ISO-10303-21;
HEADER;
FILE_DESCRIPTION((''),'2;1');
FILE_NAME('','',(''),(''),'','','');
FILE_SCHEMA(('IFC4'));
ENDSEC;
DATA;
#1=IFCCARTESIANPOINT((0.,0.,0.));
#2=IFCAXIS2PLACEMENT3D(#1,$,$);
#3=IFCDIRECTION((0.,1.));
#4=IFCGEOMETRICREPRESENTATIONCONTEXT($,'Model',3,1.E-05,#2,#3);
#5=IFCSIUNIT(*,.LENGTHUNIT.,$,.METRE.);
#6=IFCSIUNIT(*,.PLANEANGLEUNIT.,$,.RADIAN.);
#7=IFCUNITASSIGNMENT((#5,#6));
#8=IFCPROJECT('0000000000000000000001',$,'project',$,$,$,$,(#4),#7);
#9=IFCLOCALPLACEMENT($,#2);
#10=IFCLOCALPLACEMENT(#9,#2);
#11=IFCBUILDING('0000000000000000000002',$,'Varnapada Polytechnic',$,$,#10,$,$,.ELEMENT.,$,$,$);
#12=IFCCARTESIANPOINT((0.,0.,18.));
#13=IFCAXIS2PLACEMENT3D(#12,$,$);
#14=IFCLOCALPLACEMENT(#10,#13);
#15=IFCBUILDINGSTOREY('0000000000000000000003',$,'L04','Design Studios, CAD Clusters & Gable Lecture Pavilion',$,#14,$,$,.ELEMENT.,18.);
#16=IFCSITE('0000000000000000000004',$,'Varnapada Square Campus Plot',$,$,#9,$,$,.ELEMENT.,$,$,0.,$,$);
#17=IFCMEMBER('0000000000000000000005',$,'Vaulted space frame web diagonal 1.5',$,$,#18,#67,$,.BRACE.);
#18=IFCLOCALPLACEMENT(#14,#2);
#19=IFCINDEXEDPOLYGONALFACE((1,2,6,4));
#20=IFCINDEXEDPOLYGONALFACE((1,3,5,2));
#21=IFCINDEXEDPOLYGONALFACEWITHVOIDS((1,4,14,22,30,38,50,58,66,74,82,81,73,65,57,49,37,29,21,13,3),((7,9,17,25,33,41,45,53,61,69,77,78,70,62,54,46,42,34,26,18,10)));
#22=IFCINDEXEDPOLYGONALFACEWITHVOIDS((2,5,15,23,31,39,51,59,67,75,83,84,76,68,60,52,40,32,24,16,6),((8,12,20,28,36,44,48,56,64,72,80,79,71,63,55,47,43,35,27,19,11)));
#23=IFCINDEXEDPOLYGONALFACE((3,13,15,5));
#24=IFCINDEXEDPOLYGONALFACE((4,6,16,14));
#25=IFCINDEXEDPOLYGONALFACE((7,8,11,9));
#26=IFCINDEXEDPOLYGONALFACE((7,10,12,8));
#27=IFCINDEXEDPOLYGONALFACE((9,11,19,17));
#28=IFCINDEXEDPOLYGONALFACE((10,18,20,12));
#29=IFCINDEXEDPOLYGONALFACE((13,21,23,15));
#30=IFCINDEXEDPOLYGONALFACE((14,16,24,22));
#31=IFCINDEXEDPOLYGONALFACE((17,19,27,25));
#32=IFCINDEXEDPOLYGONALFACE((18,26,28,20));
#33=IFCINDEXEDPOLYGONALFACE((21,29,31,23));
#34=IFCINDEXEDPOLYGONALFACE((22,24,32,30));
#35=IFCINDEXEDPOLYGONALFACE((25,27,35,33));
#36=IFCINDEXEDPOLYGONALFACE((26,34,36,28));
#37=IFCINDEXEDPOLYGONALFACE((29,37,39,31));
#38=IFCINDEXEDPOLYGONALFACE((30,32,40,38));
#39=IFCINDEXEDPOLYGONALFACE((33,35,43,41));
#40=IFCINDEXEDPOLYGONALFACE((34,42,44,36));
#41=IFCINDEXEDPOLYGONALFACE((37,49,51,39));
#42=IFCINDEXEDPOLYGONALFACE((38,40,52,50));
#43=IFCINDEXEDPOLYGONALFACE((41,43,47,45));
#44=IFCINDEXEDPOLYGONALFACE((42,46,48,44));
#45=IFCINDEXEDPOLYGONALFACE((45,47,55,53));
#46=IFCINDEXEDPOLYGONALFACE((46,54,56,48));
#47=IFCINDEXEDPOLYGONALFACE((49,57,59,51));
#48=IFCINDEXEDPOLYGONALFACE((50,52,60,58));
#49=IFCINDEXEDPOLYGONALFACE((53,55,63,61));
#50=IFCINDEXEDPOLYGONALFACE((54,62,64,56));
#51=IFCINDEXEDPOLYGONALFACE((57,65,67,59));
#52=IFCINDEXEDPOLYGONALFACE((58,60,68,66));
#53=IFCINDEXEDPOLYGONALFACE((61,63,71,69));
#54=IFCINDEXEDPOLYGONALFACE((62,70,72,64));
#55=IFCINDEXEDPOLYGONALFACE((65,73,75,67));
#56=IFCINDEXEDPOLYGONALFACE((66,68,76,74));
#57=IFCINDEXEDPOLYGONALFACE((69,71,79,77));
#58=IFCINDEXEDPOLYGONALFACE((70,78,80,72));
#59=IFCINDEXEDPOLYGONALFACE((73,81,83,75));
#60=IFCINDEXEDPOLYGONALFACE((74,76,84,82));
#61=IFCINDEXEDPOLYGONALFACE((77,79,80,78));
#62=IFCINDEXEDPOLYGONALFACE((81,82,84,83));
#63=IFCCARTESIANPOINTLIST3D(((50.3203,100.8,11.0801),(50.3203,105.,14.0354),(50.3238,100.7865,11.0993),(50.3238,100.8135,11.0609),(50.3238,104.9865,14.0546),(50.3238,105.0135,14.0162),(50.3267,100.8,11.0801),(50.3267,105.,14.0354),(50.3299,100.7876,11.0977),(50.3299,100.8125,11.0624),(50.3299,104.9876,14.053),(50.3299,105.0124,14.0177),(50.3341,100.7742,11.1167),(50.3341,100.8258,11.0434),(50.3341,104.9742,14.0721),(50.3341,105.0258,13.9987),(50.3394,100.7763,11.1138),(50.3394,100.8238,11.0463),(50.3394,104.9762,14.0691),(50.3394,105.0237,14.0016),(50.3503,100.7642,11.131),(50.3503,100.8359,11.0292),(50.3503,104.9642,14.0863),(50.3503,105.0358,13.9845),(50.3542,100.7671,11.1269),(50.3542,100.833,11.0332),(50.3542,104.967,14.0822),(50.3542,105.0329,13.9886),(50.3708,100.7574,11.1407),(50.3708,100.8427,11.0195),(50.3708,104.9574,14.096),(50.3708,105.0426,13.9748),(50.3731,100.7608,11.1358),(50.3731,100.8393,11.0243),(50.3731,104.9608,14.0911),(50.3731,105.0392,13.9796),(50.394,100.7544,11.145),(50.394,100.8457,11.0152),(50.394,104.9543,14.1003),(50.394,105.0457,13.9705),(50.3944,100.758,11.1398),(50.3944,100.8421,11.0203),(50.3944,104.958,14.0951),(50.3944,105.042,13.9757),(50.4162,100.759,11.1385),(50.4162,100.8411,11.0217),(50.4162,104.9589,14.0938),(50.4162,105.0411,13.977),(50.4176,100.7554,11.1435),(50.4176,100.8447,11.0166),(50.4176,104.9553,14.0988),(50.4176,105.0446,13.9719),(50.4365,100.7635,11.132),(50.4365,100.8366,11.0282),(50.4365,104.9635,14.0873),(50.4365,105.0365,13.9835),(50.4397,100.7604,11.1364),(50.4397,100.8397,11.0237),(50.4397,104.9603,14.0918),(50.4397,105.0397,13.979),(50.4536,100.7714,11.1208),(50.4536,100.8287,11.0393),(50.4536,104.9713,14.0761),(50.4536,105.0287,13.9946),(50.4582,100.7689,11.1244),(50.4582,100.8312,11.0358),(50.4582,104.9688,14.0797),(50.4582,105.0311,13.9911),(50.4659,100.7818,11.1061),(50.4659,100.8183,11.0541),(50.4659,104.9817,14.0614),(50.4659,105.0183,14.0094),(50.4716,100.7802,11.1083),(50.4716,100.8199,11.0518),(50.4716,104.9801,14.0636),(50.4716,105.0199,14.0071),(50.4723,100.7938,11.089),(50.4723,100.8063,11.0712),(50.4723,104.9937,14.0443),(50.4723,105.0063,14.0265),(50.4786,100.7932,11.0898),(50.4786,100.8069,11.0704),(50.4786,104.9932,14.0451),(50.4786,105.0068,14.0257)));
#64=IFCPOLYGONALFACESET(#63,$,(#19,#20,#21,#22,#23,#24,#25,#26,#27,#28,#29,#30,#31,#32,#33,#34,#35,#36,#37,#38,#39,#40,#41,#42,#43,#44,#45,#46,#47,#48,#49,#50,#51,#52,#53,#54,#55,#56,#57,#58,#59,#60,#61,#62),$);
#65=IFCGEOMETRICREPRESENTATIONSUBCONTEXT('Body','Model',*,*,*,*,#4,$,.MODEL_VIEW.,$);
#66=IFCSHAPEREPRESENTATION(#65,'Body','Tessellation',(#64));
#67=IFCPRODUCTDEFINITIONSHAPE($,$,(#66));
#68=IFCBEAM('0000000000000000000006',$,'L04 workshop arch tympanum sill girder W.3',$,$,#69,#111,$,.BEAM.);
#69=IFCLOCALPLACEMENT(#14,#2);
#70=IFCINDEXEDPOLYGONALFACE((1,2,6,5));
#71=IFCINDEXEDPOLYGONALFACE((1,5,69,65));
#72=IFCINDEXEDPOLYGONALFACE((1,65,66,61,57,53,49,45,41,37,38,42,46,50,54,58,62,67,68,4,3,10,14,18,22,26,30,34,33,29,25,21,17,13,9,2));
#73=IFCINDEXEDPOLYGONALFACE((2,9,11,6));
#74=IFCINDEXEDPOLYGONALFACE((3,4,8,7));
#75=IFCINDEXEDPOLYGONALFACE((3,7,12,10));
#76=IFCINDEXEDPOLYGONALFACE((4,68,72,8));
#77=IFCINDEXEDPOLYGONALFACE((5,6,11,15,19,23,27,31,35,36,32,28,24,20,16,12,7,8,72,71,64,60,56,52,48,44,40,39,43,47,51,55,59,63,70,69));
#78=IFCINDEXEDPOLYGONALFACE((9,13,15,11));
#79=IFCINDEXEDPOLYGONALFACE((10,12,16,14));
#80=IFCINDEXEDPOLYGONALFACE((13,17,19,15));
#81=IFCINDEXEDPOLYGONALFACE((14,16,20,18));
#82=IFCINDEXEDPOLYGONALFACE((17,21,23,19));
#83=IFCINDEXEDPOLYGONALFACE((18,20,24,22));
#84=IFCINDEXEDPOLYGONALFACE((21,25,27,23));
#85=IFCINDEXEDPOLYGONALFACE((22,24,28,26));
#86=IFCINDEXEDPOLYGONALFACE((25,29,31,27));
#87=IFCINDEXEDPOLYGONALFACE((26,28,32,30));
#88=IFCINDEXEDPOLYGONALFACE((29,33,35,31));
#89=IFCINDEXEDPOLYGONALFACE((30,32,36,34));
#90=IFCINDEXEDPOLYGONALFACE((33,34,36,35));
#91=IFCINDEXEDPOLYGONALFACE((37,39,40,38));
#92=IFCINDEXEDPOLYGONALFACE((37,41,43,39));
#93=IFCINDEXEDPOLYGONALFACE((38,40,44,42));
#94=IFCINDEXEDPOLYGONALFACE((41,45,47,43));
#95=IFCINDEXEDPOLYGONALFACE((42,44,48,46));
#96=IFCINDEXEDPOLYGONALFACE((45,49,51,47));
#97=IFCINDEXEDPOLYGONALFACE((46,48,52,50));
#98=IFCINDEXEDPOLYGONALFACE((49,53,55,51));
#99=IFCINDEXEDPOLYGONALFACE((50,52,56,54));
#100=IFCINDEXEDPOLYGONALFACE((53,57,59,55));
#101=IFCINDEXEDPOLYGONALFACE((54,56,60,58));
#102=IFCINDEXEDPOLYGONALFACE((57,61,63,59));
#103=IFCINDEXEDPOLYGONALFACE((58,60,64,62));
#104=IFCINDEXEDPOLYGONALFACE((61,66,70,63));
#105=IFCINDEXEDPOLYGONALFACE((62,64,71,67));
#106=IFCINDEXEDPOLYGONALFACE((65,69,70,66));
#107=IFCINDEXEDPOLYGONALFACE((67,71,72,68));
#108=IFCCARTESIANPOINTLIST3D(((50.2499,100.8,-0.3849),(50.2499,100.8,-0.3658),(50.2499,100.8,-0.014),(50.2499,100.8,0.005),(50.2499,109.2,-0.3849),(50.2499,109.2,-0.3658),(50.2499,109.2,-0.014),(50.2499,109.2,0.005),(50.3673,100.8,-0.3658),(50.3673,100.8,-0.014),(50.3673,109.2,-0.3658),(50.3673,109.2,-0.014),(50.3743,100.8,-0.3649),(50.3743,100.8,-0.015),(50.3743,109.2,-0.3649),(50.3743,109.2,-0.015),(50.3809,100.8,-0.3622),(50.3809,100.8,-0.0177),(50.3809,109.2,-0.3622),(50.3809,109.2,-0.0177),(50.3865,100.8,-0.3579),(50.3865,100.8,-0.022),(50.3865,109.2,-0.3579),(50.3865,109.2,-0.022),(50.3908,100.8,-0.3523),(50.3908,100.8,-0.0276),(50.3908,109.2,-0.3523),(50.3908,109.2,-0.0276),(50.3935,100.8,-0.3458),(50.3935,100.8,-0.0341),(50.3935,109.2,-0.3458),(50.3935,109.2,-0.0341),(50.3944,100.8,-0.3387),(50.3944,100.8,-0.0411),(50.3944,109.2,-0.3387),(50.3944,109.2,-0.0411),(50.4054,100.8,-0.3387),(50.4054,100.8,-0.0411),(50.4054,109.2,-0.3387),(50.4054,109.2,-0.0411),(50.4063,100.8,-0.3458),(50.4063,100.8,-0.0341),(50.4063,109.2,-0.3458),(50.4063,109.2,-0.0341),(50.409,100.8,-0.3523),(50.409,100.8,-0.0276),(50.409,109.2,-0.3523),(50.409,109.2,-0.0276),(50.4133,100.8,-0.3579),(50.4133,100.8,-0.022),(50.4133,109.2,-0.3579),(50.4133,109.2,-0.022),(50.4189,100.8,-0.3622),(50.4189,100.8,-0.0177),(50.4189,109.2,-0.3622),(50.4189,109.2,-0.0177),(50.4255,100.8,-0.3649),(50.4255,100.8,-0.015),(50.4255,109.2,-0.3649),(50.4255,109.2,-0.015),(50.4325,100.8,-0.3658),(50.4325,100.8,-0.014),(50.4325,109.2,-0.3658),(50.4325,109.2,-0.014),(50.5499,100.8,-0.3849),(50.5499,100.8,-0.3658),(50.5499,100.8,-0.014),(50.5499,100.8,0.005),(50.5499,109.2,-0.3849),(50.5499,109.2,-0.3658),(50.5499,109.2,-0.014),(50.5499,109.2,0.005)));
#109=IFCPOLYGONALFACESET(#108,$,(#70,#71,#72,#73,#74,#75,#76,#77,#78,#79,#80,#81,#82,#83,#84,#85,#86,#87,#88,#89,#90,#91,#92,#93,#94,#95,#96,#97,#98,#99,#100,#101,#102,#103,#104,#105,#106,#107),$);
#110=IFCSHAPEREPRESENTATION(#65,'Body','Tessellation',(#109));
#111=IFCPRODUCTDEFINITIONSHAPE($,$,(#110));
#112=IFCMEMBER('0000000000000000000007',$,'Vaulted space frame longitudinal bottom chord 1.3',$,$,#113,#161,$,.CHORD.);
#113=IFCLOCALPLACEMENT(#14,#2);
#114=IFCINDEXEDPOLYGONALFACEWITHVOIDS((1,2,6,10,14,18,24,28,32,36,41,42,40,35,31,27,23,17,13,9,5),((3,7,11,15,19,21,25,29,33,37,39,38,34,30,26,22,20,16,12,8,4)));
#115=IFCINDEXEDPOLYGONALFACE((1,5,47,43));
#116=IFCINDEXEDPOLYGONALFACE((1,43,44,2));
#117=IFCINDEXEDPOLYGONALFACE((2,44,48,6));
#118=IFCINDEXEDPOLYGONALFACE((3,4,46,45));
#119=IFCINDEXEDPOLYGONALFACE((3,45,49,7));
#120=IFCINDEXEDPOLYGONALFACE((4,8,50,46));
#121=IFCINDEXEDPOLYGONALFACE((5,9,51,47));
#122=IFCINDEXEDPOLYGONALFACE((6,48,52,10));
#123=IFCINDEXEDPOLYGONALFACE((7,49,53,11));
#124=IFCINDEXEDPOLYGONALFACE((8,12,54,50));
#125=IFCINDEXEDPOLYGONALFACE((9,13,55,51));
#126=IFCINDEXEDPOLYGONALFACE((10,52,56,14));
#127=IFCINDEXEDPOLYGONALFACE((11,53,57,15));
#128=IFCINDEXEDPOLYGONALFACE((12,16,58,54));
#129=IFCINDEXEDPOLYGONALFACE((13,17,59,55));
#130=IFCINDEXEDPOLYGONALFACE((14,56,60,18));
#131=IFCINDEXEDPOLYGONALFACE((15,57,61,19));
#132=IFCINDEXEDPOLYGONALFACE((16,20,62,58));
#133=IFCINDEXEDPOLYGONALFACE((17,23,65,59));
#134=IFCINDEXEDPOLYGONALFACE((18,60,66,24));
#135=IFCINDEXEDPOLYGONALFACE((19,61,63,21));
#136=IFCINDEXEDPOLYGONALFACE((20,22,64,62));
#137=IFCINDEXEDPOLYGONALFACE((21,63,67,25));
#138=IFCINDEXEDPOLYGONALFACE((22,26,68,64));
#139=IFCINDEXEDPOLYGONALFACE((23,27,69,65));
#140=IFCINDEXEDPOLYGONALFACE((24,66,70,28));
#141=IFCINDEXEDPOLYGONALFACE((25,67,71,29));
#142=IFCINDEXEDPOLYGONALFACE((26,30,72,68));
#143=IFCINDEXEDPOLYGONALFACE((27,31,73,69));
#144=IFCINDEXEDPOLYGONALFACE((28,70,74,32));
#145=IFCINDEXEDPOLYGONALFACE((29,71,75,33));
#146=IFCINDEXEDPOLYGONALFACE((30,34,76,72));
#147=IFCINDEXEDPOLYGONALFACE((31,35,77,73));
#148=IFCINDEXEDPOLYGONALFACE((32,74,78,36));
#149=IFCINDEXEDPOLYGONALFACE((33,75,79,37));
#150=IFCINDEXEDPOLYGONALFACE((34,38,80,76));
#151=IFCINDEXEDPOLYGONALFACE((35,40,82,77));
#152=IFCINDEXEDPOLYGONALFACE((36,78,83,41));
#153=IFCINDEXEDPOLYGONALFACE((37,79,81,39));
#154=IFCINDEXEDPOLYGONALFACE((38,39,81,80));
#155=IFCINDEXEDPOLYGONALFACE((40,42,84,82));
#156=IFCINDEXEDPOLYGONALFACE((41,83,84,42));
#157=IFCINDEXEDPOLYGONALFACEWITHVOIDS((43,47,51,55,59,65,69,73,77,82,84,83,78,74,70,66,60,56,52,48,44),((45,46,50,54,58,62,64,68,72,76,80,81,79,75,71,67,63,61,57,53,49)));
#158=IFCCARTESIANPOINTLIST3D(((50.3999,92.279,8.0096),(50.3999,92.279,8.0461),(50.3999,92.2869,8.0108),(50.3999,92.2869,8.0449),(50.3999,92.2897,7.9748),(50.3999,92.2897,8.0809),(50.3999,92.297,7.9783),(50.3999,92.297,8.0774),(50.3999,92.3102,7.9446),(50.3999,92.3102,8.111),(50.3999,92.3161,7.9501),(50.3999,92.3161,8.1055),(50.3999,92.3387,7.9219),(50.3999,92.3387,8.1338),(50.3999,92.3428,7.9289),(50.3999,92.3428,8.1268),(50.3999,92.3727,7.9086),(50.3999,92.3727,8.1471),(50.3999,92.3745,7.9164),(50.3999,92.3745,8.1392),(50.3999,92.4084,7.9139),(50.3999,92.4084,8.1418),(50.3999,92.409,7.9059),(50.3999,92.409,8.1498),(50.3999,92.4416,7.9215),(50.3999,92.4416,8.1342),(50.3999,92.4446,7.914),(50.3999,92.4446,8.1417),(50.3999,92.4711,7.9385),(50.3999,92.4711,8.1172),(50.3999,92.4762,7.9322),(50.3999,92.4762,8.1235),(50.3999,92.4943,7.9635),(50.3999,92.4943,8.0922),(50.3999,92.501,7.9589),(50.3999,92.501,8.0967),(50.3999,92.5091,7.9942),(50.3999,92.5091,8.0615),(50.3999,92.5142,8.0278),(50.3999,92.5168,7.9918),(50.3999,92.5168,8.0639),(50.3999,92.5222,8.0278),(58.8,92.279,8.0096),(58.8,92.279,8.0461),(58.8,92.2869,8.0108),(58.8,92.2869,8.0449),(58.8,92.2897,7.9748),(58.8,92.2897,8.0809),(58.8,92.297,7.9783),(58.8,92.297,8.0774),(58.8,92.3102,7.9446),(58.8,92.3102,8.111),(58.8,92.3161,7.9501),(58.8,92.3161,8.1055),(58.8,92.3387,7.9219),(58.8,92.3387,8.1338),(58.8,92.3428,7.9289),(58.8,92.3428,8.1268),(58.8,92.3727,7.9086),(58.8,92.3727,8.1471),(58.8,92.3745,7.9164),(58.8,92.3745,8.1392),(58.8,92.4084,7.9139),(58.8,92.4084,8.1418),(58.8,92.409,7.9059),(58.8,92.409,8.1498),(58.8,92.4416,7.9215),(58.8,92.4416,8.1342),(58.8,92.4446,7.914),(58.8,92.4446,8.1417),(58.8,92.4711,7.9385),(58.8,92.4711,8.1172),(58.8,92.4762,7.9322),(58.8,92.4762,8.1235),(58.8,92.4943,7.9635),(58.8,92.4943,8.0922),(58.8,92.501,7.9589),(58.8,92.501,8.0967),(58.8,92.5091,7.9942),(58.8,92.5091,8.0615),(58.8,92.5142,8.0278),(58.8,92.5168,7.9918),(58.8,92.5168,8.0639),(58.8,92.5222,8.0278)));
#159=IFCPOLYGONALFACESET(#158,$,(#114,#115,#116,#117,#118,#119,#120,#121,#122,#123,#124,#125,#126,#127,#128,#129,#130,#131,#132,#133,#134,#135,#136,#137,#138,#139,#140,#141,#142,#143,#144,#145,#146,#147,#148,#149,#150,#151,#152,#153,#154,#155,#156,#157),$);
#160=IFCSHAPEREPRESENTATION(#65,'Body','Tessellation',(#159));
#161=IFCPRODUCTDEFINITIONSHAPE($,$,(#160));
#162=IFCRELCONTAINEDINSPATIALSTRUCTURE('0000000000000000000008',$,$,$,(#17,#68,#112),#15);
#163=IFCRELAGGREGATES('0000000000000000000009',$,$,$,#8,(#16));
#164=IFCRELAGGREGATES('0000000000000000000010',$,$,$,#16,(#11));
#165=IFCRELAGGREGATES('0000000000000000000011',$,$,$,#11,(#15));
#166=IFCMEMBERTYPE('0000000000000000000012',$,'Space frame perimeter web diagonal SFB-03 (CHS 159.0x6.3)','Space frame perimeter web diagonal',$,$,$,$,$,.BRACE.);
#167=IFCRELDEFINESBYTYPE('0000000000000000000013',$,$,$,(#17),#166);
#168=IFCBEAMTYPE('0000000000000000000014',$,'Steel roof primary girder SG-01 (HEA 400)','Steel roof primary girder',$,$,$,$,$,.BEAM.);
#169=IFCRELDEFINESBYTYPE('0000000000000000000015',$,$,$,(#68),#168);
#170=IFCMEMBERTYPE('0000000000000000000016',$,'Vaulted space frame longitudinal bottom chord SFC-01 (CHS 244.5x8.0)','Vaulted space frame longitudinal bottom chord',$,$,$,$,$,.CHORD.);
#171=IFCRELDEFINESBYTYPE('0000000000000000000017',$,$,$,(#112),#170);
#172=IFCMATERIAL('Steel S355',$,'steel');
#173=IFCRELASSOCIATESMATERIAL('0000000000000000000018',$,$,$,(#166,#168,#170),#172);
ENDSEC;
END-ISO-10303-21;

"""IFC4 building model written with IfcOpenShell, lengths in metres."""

from ifc_helpers import new_model, si_unit, direction, frame, origin, origin_2d, place, context, subcontext, project, spatial, hollow_circle, i_section, extrude, material, material_profile, profile_set, type_object, element, save


model = new_model("IFC4")

# Units and contexts
model_context = context("Model", 3, precision=1e-05, world=origin(), true_north=direction((0.0, 1.0)))
body_context = subcontext(model_context, "Body", "Model", "MODEL_VIEW")
ifc_project = project(units=[si_unit("LENGTHUNIT", "METRE"), si_unit("PLANEANGLEUNIT", "RADIAN")], contexts=[model_context])

# Site, building, storey
site_placement = place(None, origin())
site = spatial("IfcSite", under=ifc_project, at=site_placement, Name="Varnapada Square Campus Plot", CompositionType="ELEMENT", RefElevation=0.0)
building_placement = place(site_placement, origin())
building = spatial("IfcBuilding", under=site, at=building_placement, Name="Varnapada Polytechnic", CompositionType="ELEMENT")
storey_placement = place(building_placement, frame((0.0, 0.0, 18.0)))
storey = spatial("IfcBuildingStorey", under=building, at=storey_placement, Name="L04", Description="Design Studios, CAD Clusters & Gable Lecture Pavilion", CompositionType="ELEMENT", Elevation=18.0)

# Shared definitions
ifc_material = material(Name="Steel S355", Category="steel")

# Member
ifc_material_profile_1 = material_profile(ifc_material, hollow_circle(Radius=0.0796, WallThickness=0.0063, at=origin_2d()), Name="CHS 159.0x6.3")
ifc_profile_set_1 = profile_set([ifc_material_profile_1], Name="Steel S355")
member_type_1 = type_object("IfcMemberType", Name="Space frame perimeter web diagonal SFB-03 (CHS 159.0x6.3)", Description="Space frame perimeter web diagonal", PredefinedType="BRACE", material=ifc_profile_set_1)
member_1_placement = place(storey_placement, frame((50.3999, 100.8, 11.0801), z_axis=(0.0, 0.817825, 0.575467), x_axis=(-1.0, 0.0, 0.0)))
element("IfcMember", 1, at=member_1_placement, inside=storey, type_object=member_type_1, Name="Vaulted space frame web diagonal 1.5", PredefinedType="BRACE", context=body_context, shape_type="SweptSolid", body=[
    extrude(hollow_circle(Radius=0.0796, WallThickness=0.0063, at=origin_2d()), origin(), (0.0, 0.0, 1.0), 5.1355),
])

# Beam
ifc_material_profile_2 = material_profile(ifc_material, i_section(OverallWidth=0.3, OverallDepth=0.3899, WebThickness=0.011, FlangeThickness=0.019, FilletRadius=0.0271, at=origin_2d()), Name="HEA 400")
ifc_profile_set_2 = profile_set([ifc_material_profile_2], Name="Steel S355")
beam_type_1 = type_object("IfcBeamType", Name="Steel roof primary girder SG-01 (HEA 400)", Description="Steel roof primary girder", PredefinedType="BEAM", material=ifc_profile_set_2)
beam_1_placement = place(storey_placement, frame((50.3999, 100.8, -0.1899), z_axis=(0.0, 1.0, 0.0), x_axis=(-1.0, 0.0, 0.0)))
element("IfcBeam", 2, at=beam_1_placement, inside=storey, type_object=beam_type_1, Name="L04 workshop arch tympanum sill girder W.3", PredefinedType="BEAM", context=body_context, shape_type="SweptSolid", body=[
    extrude(i_section(OverallWidth=0.3, OverallDepth=0.3899, WebThickness=0.011, FlangeThickness=0.019, FilletRadius=0.0271, at=origin_2d()), origin(), (0.0, 0.0, 1.0), 8.3999),
])

# Member
ifc_material_profile_3 = material_profile(ifc_material, hollow_circle(Radius=0.1223, WallThickness=0.0081, at=origin_2d()), Name="CHS 244.5x8.0")
ifc_profile_set_3 = profile_set([ifc_material_profile_3], Name="Steel S355")
member_type_2 = type_object("IfcMemberType", Name="Vaulted space frame longitudinal bottom chord SFC-01 (CHS 244.5x8.0)", Description="Vaulted space frame longitudinal bottom chord", PredefinedType="CHORD", material=ifc_profile_set_3)
for number, where, z_axis, x_axis, name in (
    (3, (50.3999, 92.3999, 8.0278), (1.0, 0.0, 0.0), (0.0, 1.0, 0.0), "Vaulted space frame longitudinal bottom chord 1.3"),
):
    element("IfcMember", number, at=place(storey_placement, frame(where, z_axis=z_axis, x_axis=x_axis)), inside=storey, type_object=member_type_2, Name=name, PredefinedType="CHORD", context=body_context, shape_type="SweptSolid", body=[
        extrude(hollow_circle(Radius=0.1223, WallThickness=0.0081, at=origin_2d()), origin(), (0.0, 0.0, 1.0), 8.4001),
    ])

save(model, "model.ifc")
